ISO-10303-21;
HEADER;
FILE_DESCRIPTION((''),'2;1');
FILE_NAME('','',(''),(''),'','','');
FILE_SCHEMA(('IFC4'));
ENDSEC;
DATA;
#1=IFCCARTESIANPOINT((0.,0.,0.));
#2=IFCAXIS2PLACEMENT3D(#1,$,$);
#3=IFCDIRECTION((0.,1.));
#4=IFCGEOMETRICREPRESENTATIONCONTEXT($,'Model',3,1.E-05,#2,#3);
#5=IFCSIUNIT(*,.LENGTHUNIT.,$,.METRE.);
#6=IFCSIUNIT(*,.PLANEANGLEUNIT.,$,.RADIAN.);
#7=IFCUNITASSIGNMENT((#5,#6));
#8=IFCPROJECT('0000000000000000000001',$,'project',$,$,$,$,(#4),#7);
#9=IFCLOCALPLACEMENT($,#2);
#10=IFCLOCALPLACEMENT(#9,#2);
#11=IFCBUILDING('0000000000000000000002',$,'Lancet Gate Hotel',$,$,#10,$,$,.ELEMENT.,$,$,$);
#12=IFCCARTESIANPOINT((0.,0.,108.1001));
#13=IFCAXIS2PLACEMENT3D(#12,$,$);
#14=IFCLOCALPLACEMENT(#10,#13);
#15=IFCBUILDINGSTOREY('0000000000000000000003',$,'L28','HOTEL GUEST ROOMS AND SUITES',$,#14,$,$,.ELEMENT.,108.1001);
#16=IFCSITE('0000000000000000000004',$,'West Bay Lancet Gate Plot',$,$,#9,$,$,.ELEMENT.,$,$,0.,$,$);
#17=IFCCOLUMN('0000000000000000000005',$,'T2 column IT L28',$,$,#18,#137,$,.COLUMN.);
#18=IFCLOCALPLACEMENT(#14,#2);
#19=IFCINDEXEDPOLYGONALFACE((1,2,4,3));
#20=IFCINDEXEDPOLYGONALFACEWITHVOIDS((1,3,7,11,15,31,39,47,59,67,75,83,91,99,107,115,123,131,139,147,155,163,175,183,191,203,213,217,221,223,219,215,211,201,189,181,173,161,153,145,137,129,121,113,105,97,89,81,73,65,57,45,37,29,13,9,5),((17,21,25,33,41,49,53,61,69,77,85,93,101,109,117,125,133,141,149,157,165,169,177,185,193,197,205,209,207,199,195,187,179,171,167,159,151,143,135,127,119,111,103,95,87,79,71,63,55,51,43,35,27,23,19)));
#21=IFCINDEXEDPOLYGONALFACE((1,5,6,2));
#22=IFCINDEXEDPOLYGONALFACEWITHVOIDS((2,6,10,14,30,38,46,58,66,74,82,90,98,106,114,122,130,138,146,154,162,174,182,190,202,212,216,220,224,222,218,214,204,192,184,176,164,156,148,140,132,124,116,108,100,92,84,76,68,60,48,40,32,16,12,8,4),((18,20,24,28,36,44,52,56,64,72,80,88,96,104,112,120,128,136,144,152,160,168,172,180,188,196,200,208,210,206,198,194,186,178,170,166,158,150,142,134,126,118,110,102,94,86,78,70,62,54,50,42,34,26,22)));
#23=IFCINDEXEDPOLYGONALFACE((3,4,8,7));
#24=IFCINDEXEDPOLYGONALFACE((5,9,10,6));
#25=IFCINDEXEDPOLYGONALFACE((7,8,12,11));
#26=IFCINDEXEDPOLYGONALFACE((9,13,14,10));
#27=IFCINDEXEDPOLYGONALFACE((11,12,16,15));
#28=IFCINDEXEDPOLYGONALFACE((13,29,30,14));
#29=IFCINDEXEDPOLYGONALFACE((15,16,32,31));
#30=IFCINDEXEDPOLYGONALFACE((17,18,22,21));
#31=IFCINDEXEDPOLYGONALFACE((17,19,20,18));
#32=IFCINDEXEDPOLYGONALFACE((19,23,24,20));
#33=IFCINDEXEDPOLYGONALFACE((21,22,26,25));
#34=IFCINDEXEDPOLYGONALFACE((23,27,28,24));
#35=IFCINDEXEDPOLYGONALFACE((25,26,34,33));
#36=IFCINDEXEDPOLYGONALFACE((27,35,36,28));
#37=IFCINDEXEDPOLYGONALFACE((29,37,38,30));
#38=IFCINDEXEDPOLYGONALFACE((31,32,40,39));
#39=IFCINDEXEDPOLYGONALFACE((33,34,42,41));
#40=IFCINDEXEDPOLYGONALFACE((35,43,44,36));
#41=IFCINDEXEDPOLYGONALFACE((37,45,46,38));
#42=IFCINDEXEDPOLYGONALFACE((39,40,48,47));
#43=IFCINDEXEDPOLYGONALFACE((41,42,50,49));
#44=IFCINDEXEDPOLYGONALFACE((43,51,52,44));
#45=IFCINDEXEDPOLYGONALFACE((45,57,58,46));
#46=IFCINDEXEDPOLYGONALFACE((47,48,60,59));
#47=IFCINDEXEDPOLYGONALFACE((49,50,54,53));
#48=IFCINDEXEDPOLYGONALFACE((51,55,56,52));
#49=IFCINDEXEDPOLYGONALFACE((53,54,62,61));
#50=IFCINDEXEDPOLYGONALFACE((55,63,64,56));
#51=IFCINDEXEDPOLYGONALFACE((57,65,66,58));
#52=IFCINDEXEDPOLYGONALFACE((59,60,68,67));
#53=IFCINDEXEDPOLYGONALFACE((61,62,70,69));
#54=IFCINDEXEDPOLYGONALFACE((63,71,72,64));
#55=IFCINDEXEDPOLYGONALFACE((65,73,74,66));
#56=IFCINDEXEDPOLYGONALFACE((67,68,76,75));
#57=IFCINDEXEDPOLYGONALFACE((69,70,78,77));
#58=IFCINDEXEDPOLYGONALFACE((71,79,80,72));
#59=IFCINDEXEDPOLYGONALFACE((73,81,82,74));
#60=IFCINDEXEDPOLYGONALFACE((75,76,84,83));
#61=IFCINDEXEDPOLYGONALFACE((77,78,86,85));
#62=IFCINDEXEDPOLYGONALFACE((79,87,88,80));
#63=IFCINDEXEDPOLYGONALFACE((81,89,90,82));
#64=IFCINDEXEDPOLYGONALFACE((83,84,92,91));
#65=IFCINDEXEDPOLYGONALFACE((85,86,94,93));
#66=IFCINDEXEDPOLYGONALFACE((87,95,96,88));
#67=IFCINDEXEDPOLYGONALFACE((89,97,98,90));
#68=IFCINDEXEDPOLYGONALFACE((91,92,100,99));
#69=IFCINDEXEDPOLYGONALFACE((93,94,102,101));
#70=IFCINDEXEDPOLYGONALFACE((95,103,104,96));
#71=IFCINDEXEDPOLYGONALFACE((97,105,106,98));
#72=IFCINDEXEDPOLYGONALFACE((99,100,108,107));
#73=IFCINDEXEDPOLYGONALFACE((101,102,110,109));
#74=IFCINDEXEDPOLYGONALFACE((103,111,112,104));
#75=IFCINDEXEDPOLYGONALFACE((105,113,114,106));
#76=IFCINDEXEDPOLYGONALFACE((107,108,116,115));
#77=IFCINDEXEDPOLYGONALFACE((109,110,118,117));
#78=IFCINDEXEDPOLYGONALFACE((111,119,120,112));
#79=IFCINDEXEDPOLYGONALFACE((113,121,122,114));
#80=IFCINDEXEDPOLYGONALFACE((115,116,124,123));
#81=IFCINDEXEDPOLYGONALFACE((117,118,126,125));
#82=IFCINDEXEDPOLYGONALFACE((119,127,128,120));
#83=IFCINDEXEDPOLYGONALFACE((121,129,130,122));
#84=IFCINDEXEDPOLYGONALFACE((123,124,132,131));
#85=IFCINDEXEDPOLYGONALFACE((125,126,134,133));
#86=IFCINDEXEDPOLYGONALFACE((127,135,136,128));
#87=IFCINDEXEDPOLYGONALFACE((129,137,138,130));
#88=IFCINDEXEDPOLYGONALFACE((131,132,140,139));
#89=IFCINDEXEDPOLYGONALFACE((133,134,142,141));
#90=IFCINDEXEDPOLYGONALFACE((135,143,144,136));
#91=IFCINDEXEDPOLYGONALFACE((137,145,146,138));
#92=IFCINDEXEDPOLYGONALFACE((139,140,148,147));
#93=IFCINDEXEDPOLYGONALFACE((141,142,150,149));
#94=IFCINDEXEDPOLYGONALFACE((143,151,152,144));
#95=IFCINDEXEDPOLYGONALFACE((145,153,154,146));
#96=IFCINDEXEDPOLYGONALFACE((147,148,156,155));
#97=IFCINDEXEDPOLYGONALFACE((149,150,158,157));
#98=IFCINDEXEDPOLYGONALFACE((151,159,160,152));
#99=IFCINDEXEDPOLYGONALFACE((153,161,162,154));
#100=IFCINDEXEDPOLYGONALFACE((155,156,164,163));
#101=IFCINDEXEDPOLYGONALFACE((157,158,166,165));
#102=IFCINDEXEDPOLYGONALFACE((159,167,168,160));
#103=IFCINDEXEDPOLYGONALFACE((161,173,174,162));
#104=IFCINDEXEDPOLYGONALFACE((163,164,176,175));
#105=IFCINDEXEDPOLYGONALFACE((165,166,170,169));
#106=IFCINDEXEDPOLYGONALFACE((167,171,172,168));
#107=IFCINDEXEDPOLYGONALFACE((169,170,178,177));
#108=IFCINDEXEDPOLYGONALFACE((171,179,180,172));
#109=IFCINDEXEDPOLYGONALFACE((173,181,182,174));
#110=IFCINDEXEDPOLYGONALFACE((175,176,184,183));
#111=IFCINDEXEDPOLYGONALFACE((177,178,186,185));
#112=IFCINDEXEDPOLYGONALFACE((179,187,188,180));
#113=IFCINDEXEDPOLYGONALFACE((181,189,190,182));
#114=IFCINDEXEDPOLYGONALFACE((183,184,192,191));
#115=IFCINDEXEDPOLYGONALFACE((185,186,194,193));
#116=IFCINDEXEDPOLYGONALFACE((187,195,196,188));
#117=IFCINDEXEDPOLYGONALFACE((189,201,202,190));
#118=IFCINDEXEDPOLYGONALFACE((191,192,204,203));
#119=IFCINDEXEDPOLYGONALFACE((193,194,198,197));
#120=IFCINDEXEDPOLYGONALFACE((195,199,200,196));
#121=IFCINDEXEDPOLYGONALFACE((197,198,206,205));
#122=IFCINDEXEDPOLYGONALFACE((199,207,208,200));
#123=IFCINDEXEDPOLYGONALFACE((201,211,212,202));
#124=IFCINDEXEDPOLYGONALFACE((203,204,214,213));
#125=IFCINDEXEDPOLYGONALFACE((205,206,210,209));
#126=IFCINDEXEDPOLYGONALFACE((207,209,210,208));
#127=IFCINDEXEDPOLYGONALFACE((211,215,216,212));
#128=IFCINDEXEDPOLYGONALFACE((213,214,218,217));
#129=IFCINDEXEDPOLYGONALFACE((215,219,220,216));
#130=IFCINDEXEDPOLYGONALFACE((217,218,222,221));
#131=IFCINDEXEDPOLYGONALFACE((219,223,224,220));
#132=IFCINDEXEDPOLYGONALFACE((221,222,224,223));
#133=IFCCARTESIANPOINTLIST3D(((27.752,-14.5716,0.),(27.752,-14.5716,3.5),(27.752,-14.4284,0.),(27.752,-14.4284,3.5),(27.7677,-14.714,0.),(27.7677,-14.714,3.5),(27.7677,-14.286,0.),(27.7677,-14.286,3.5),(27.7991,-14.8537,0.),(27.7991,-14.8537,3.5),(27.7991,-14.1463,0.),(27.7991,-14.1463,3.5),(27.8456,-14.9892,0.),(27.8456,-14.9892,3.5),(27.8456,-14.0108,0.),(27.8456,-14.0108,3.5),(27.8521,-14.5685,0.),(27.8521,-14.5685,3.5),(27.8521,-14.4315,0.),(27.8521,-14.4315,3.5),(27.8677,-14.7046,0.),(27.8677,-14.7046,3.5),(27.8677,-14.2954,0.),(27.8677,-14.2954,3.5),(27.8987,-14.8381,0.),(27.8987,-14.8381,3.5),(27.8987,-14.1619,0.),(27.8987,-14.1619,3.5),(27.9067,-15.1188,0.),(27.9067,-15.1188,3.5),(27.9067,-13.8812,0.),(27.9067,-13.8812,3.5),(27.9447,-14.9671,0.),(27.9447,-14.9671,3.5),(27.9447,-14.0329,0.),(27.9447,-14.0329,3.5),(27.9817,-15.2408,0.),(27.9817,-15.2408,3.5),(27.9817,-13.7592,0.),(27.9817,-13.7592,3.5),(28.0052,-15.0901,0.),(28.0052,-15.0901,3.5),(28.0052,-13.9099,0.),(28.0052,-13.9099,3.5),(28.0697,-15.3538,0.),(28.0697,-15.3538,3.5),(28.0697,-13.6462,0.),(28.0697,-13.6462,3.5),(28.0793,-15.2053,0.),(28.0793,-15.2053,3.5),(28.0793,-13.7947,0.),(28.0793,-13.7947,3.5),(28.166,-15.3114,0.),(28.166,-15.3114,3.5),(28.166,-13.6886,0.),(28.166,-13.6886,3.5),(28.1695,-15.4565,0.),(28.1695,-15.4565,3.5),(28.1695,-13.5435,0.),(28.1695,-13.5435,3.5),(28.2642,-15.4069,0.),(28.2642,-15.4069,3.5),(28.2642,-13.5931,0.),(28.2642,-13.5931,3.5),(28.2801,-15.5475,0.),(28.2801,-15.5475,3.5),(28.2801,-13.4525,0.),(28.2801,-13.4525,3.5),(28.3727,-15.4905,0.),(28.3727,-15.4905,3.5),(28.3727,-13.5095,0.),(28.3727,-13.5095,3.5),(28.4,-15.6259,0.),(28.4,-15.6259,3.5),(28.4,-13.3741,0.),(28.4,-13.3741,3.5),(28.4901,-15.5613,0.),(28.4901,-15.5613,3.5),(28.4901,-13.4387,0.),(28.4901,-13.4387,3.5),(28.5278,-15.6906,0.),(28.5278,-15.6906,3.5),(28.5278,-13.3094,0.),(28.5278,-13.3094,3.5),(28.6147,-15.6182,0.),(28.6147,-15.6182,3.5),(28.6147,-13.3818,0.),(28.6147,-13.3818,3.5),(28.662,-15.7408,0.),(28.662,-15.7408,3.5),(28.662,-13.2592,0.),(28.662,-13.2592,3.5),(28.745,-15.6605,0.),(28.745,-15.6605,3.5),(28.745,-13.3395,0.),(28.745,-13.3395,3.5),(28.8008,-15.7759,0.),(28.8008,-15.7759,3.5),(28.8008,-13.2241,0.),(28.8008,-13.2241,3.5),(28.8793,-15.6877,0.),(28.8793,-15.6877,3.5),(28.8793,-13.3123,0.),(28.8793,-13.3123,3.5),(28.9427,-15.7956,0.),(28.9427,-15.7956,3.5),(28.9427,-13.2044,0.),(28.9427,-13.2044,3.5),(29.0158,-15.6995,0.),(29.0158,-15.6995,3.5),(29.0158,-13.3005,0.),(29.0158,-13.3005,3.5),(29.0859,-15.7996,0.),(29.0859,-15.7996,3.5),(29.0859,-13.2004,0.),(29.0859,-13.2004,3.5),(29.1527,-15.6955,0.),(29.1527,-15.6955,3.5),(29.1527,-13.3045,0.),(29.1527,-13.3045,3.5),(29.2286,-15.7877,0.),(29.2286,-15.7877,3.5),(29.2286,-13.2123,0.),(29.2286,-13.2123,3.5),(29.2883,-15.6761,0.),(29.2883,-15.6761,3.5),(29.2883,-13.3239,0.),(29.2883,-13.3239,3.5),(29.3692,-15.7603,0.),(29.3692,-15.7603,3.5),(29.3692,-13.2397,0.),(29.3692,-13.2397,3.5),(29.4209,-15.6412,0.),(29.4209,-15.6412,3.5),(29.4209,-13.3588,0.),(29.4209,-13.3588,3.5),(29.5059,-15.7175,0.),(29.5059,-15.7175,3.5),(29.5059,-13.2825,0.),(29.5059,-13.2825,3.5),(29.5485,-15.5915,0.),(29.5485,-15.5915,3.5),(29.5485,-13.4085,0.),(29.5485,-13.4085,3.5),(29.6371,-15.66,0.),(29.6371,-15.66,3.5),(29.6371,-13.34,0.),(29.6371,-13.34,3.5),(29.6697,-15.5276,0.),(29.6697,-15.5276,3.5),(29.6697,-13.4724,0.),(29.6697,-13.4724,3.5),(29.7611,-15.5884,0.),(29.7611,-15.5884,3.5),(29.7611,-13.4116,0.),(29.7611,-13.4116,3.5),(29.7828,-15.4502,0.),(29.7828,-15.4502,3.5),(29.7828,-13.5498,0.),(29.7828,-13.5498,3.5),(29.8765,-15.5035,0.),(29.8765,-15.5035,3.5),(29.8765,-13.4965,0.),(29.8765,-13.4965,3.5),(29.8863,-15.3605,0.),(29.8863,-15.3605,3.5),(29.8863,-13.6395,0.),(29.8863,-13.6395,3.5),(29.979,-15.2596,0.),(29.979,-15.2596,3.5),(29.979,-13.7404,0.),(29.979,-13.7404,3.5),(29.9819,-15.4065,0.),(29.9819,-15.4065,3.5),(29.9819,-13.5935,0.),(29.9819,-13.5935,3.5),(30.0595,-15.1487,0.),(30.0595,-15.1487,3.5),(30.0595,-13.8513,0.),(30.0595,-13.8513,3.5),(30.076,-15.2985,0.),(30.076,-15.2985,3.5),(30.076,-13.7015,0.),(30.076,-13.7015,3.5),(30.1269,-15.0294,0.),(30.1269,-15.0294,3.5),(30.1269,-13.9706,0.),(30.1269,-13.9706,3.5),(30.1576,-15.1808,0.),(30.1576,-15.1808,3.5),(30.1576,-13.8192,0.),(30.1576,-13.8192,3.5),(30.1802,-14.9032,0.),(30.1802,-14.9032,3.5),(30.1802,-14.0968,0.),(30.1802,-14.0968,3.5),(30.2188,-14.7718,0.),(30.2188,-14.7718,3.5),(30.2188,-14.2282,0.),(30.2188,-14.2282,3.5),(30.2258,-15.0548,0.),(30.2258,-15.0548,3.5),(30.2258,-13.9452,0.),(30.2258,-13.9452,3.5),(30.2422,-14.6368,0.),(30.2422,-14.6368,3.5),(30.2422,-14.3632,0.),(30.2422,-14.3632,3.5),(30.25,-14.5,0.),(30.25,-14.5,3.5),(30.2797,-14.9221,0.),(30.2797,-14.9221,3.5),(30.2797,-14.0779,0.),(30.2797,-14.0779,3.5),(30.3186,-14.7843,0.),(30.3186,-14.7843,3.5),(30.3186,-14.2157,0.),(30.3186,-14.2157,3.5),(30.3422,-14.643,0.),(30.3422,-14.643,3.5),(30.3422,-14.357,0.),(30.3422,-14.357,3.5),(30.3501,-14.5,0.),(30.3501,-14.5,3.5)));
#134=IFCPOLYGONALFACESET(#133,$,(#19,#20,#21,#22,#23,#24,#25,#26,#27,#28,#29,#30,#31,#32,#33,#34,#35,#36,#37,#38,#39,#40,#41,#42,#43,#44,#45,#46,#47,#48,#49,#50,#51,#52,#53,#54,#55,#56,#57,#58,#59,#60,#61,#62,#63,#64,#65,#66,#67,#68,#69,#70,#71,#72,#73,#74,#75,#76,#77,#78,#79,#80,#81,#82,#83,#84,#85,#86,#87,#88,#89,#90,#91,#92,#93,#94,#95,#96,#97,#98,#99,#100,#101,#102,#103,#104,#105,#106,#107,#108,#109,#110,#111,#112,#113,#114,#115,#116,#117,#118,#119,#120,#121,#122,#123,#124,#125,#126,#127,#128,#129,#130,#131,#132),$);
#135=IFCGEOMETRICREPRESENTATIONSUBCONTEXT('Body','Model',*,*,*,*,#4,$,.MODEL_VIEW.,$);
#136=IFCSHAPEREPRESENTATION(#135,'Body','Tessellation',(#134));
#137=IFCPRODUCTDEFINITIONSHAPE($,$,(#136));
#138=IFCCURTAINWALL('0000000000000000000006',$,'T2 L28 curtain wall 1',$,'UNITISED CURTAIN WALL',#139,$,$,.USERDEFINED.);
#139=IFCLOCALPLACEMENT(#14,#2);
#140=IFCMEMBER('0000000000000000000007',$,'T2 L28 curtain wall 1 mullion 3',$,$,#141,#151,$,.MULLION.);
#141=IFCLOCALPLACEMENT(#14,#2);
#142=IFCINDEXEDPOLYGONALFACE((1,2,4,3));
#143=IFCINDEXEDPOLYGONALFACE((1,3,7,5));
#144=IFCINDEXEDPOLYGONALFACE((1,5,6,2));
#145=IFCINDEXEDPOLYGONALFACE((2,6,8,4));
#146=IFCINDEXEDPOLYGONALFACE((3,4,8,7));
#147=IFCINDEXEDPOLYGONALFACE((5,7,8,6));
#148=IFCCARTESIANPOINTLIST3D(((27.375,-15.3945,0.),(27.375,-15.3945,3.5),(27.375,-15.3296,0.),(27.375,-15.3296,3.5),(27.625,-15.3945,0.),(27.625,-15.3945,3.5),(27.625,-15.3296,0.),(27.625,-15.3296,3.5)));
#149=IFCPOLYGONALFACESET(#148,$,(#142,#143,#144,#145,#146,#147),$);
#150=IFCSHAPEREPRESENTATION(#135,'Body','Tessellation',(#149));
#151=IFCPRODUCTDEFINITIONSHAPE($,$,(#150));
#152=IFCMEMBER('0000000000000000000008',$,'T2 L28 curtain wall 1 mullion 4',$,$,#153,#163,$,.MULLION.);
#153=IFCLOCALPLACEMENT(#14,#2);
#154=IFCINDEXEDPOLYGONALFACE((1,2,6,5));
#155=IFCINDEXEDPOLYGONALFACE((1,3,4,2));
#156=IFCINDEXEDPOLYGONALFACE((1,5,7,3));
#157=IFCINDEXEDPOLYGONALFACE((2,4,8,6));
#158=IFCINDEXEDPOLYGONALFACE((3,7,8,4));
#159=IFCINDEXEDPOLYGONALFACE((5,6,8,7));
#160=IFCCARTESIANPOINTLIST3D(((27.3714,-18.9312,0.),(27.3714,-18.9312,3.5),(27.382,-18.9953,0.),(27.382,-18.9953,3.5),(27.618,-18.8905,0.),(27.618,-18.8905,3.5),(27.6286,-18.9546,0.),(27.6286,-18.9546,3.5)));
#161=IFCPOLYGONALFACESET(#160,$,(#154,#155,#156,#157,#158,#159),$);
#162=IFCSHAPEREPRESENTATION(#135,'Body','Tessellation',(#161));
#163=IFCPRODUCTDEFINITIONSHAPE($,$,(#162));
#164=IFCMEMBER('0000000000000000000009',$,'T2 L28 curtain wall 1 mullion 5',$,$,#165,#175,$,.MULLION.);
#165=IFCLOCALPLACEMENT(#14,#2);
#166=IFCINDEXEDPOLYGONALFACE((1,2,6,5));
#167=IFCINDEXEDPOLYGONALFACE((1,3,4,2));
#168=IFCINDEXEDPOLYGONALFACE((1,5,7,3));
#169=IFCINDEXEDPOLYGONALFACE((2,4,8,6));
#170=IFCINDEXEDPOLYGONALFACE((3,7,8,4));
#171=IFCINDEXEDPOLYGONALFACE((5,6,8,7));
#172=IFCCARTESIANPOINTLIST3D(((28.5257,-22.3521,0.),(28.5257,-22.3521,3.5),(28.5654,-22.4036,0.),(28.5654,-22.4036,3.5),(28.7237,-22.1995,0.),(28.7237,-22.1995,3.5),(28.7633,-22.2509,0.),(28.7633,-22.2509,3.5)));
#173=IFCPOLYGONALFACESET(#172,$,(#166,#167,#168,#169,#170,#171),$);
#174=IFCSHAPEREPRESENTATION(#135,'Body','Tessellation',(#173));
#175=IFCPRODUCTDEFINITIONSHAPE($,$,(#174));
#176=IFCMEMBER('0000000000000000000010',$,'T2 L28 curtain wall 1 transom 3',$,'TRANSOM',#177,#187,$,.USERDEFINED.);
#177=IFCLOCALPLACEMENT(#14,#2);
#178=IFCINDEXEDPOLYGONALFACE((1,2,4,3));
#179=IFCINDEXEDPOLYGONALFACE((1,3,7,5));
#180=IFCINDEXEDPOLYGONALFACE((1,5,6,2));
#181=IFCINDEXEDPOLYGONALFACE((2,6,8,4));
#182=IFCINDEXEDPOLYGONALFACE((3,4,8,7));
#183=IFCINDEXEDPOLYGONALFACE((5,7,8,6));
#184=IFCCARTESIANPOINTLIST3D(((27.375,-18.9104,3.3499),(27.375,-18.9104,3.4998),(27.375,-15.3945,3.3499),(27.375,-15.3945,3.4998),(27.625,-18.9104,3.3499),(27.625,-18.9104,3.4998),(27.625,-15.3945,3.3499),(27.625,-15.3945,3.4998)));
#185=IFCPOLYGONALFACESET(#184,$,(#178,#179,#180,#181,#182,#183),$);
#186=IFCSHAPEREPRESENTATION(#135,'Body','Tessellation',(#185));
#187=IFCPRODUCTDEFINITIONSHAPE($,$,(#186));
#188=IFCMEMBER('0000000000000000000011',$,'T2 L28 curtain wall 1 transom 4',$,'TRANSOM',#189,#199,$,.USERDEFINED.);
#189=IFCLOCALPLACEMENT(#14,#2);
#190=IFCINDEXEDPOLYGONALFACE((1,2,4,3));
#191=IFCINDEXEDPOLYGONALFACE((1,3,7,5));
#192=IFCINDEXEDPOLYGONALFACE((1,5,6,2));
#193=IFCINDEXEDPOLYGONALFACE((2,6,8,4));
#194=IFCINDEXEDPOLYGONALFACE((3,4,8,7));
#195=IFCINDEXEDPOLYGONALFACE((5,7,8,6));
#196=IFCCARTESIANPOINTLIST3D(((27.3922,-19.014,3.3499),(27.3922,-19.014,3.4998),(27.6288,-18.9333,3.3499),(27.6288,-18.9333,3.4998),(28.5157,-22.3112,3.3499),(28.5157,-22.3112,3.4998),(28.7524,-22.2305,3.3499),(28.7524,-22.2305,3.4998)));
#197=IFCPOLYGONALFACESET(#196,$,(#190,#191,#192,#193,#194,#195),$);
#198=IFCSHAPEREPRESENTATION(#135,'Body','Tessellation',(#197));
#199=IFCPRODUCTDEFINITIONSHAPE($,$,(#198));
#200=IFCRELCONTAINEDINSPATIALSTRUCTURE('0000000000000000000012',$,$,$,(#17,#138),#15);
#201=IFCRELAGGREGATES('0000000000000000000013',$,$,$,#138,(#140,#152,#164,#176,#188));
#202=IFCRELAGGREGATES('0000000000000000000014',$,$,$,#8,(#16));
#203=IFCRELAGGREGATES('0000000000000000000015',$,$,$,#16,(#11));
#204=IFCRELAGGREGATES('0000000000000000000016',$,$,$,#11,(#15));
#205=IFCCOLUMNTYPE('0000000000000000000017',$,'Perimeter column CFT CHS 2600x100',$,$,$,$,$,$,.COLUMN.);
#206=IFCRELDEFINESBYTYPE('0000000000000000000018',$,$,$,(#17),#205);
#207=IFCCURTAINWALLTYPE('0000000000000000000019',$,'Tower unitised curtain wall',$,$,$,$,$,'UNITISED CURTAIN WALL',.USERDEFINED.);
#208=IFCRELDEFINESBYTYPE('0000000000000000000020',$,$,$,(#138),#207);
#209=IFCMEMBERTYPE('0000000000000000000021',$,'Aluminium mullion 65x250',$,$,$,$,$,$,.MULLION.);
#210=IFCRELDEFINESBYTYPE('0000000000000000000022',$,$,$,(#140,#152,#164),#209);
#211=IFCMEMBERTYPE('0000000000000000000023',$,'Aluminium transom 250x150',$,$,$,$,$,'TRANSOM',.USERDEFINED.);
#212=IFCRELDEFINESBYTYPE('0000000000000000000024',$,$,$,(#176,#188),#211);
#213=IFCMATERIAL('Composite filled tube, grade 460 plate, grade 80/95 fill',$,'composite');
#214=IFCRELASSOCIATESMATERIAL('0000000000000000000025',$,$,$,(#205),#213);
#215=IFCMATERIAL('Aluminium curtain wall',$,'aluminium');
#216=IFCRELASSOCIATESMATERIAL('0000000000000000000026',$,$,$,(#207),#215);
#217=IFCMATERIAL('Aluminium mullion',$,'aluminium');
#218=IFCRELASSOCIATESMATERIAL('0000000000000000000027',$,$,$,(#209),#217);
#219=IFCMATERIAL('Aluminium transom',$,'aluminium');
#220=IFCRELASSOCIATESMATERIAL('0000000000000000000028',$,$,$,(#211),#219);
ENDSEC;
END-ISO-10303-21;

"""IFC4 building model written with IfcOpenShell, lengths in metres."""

from ifc_helpers import new_model, si_unit, direction, frame, origin, origin_2d, place, context, subcontext, project, spatial, rectangle, hollow_circle, extrude, material, material_profile, profile_set, type_object, element, aggregate, save


model = new_model("IFC4")

# Units and contexts
model_context = context("Model", 3, precision=1e-05, world=origin(), true_north=direction((0.0, 1.0)))
body_context = subcontext(model_context, "Body", "Model", "MODEL_VIEW")
ifc_project = project(units=[si_unit("LENGTHUNIT", "METRE"), si_unit("PLANEANGLEUNIT", "RADIAN")], contexts=[model_context])

# Site, building, storey
site_placement = place(None, origin())
site = spatial("IfcSite", under=ifc_project, at=site_placement, Name="West Bay Lancet Gate Plot", CompositionType="ELEMENT", RefElevation=0.0)
building_placement = place(site_placement, origin())
building = spatial("IfcBuilding", under=site, at=building_placement, Name="Lancet Gate Hotel", CompositionType="ELEMENT")
storey_placement = place(building_placement, frame((0.0, 0.0, 108.1001)))
storey = spatial("IfcBuildingStorey", under=building, at=storey_placement, Name="L28", Description="HOTEL GUEST ROOMS AND SUITES", CompositionType="ELEMENT", Elevation=108.1001)

# Column
ifc_material_1 = material(Name="Composite filled tube, grade 460 plate, grade 80/95 fill", Category="composite")
ifc_material_profile_1 = material_profile(ifc_material_1, hollow_circle(Radius=1.3, WallThickness=0.1001, at=origin_2d()), Name="CHS 2600x100")
ifc_profile_set_1 = profile_set([ifc_material_profile_1], Name="Composite filled tube, grade 460 plate, grade 80/95 fill")
column_type = type_object("IfcColumnType", Name="Perimeter column CFT CHS 2600x100", PredefinedType="COLUMN", material=ifc_profile_set_1)
column_placement = place(storey_placement, frame((29.05, -14.5, 0.0), z_axis=(0.0, 0.0, 1.0), x_axis=(1.0, 0.0, 0.0)))
element("IfcColumn", 1, at=column_placement, inside=storey, type_object=column_type, Name="T2 column IT L28", PredefinedType="COLUMN", context=body_context, shape_type="SweptSolid", body=[
    extrude(hollow_circle(Radius=1.3, WallThickness=0.1001, at=origin_2d()), origin(), (0.0, 0.0, 1.0), 3.5),
])

# Curtain wall, members
ifc_material_2 = material(Name="Aluminium curtain wall", Category="aluminium")
curtain_wall_type = type_object("IfcCurtainWallType", Name="Tower unitised curtain wall", ElementType="UNITISED CURTAIN WALL", PredefinedType="USERDEFINED", material=ifc_material_2)
curtain_wall_placement = place(storey_placement, origin())
curtain_wall = element("IfcCurtainWall", 2, at=curtain_wall_placement, inside=storey, type_object=curtain_wall_type, Name="T2 L28 curtain wall 1", ObjectType="UNITISED CURTAIN WALL", PredefinedType="USERDEFINED")
ifc_material_3 = material(Name="Aluminium mullion", Category="aluminium")
ifc_material_profile_2 = material_profile(ifc_material_3, rectangle(XDim=0.0649, YDim=0.25, at=origin_2d()), Name="MULLION 65x250")
ifc_profile_set_2 = profile_set([ifc_material_profile_2], Name="Aluminium mullion")
member_type_1 = type_object("IfcMemberType", Name="Aluminium mullion 65x250", PredefinedType="MULLION", material=ifc_profile_set_2)
member_1_placement = place(storey_placement, frame((27.5, -15.3621, 0.0), z_axis=(0.0, 0.0, 1.0), x_axis=(0.0, -1.0, 0.0)))
member_1 = element("IfcMember", 3, at=member_1_placement, type_object=member_type_1, Name="T2 L28 curtain wall 1 mullion 3", PredefinedType="MULLION", context=body_context, shape_type="SweptSolid", body=[
    extrude(rectangle(XDim=0.0649, YDim=0.25, at=origin_2d()), origin(), (0.0, 0.0, 1.0), 3.5),
])
member_2_placement = place(storey_placement, frame((27.5, -18.9429, 0.0), z_axis=(0.0, 0.0, 1.0), x_axis=(0.162739, -0.986669, 0.0)))
member_2 = element("IfcMember", 4, at=member_2_placement, type_object=member_type_1, Name="T2 L28 curtain wall 1 mullion 4", PredefinedType="MULLION", context=body_context, shape_type="SweptSolid", body=[
    extrude(rectangle(XDim=0.0649, YDim=0.25, at=origin_2d()), origin(), (0.0, 0.0, 1.0), 3.5),
])
member_3_placement = place(storey_placement, frame((28.6445, -22.3015, 0.0), z_axis=(0.0, 0.0, 1.0), x_axis=(0.610664, -0.79189, 0.0)))
member_3 = element("IfcMember", 5, at=member_3_placement, type_object=member_type_1, Name="T2 L28 curtain wall 1 mullion 5", PredefinedType="MULLION", context=body_context, shape_type="SweptSolid", body=[
    extrude(rectangle(XDim=0.0649, YDim=0.25, at=origin_2d()), origin(), (0.0, 0.0, 1.0), 3.5),
])
ifc_material_4 = material(Name="Aluminium transom", Category="aluminium")
ifc_material_profile_3 = material_profile(ifc_material_4, rectangle(XDim=0.25, YDim=0.1499, at=origin_2d()), Name="TRANSOM 250x150")
ifc_profile_set_3 = profile_set([ifc_material_profile_3], Name="Aluminium transom")
member_type_2 = type_object("IfcMemberType", Name="Aluminium transom 250x150", ElementType="TRANSOM", PredefinedType="USERDEFINED", material=ifc_profile_set_3)
member_4_placement = place(storey_placement, frame((27.5, -15.3945, 3.4248), z_axis=(0.0, -1.0, 0.0), x_axis=(1.0, 0.0, 0.0)))
member_4 = element("IfcMember", 6, at=member_4_placement, type_object=member_type_2, Name="T2 L28 curtain wall 1 transom 3", ObjectType="TRANSOM", PredefinedType="USERDEFINED", context=body_context, shape_type="SweptSolid", body=[
    extrude(rectangle(XDim=0.25, YDim=0.1499, at=origin_2d()), origin(), (0.0, 0.0, 1.0), 3.5159),
])
member_5_placement = place(storey_placement, frame((27.5105, -18.9736, 3.4248), z_axis=(0.32255, -0.946553, 0.0), x_axis=(0.946553, 0.32255, 0.0)))
member_5 = element("IfcMember", 7, at=member_5_placement, type_object=member_type_2, Name="T2 L28 curtain wall 1 transom 4", ObjectType="TRANSOM", PredefinedType="USERDEFINED", context=body_context, shape_type="SweptSolid", body=[
    extrude(rectangle(XDim=0.25, YDim=0.1499, at=origin_2d()), origin(), (0.0, 0.0, 1.0), 3.4834),
])

aggregate(curtain_wall, [member_1, member_2, member_3, member_4, member_5])

save(model, "model.ifc")
